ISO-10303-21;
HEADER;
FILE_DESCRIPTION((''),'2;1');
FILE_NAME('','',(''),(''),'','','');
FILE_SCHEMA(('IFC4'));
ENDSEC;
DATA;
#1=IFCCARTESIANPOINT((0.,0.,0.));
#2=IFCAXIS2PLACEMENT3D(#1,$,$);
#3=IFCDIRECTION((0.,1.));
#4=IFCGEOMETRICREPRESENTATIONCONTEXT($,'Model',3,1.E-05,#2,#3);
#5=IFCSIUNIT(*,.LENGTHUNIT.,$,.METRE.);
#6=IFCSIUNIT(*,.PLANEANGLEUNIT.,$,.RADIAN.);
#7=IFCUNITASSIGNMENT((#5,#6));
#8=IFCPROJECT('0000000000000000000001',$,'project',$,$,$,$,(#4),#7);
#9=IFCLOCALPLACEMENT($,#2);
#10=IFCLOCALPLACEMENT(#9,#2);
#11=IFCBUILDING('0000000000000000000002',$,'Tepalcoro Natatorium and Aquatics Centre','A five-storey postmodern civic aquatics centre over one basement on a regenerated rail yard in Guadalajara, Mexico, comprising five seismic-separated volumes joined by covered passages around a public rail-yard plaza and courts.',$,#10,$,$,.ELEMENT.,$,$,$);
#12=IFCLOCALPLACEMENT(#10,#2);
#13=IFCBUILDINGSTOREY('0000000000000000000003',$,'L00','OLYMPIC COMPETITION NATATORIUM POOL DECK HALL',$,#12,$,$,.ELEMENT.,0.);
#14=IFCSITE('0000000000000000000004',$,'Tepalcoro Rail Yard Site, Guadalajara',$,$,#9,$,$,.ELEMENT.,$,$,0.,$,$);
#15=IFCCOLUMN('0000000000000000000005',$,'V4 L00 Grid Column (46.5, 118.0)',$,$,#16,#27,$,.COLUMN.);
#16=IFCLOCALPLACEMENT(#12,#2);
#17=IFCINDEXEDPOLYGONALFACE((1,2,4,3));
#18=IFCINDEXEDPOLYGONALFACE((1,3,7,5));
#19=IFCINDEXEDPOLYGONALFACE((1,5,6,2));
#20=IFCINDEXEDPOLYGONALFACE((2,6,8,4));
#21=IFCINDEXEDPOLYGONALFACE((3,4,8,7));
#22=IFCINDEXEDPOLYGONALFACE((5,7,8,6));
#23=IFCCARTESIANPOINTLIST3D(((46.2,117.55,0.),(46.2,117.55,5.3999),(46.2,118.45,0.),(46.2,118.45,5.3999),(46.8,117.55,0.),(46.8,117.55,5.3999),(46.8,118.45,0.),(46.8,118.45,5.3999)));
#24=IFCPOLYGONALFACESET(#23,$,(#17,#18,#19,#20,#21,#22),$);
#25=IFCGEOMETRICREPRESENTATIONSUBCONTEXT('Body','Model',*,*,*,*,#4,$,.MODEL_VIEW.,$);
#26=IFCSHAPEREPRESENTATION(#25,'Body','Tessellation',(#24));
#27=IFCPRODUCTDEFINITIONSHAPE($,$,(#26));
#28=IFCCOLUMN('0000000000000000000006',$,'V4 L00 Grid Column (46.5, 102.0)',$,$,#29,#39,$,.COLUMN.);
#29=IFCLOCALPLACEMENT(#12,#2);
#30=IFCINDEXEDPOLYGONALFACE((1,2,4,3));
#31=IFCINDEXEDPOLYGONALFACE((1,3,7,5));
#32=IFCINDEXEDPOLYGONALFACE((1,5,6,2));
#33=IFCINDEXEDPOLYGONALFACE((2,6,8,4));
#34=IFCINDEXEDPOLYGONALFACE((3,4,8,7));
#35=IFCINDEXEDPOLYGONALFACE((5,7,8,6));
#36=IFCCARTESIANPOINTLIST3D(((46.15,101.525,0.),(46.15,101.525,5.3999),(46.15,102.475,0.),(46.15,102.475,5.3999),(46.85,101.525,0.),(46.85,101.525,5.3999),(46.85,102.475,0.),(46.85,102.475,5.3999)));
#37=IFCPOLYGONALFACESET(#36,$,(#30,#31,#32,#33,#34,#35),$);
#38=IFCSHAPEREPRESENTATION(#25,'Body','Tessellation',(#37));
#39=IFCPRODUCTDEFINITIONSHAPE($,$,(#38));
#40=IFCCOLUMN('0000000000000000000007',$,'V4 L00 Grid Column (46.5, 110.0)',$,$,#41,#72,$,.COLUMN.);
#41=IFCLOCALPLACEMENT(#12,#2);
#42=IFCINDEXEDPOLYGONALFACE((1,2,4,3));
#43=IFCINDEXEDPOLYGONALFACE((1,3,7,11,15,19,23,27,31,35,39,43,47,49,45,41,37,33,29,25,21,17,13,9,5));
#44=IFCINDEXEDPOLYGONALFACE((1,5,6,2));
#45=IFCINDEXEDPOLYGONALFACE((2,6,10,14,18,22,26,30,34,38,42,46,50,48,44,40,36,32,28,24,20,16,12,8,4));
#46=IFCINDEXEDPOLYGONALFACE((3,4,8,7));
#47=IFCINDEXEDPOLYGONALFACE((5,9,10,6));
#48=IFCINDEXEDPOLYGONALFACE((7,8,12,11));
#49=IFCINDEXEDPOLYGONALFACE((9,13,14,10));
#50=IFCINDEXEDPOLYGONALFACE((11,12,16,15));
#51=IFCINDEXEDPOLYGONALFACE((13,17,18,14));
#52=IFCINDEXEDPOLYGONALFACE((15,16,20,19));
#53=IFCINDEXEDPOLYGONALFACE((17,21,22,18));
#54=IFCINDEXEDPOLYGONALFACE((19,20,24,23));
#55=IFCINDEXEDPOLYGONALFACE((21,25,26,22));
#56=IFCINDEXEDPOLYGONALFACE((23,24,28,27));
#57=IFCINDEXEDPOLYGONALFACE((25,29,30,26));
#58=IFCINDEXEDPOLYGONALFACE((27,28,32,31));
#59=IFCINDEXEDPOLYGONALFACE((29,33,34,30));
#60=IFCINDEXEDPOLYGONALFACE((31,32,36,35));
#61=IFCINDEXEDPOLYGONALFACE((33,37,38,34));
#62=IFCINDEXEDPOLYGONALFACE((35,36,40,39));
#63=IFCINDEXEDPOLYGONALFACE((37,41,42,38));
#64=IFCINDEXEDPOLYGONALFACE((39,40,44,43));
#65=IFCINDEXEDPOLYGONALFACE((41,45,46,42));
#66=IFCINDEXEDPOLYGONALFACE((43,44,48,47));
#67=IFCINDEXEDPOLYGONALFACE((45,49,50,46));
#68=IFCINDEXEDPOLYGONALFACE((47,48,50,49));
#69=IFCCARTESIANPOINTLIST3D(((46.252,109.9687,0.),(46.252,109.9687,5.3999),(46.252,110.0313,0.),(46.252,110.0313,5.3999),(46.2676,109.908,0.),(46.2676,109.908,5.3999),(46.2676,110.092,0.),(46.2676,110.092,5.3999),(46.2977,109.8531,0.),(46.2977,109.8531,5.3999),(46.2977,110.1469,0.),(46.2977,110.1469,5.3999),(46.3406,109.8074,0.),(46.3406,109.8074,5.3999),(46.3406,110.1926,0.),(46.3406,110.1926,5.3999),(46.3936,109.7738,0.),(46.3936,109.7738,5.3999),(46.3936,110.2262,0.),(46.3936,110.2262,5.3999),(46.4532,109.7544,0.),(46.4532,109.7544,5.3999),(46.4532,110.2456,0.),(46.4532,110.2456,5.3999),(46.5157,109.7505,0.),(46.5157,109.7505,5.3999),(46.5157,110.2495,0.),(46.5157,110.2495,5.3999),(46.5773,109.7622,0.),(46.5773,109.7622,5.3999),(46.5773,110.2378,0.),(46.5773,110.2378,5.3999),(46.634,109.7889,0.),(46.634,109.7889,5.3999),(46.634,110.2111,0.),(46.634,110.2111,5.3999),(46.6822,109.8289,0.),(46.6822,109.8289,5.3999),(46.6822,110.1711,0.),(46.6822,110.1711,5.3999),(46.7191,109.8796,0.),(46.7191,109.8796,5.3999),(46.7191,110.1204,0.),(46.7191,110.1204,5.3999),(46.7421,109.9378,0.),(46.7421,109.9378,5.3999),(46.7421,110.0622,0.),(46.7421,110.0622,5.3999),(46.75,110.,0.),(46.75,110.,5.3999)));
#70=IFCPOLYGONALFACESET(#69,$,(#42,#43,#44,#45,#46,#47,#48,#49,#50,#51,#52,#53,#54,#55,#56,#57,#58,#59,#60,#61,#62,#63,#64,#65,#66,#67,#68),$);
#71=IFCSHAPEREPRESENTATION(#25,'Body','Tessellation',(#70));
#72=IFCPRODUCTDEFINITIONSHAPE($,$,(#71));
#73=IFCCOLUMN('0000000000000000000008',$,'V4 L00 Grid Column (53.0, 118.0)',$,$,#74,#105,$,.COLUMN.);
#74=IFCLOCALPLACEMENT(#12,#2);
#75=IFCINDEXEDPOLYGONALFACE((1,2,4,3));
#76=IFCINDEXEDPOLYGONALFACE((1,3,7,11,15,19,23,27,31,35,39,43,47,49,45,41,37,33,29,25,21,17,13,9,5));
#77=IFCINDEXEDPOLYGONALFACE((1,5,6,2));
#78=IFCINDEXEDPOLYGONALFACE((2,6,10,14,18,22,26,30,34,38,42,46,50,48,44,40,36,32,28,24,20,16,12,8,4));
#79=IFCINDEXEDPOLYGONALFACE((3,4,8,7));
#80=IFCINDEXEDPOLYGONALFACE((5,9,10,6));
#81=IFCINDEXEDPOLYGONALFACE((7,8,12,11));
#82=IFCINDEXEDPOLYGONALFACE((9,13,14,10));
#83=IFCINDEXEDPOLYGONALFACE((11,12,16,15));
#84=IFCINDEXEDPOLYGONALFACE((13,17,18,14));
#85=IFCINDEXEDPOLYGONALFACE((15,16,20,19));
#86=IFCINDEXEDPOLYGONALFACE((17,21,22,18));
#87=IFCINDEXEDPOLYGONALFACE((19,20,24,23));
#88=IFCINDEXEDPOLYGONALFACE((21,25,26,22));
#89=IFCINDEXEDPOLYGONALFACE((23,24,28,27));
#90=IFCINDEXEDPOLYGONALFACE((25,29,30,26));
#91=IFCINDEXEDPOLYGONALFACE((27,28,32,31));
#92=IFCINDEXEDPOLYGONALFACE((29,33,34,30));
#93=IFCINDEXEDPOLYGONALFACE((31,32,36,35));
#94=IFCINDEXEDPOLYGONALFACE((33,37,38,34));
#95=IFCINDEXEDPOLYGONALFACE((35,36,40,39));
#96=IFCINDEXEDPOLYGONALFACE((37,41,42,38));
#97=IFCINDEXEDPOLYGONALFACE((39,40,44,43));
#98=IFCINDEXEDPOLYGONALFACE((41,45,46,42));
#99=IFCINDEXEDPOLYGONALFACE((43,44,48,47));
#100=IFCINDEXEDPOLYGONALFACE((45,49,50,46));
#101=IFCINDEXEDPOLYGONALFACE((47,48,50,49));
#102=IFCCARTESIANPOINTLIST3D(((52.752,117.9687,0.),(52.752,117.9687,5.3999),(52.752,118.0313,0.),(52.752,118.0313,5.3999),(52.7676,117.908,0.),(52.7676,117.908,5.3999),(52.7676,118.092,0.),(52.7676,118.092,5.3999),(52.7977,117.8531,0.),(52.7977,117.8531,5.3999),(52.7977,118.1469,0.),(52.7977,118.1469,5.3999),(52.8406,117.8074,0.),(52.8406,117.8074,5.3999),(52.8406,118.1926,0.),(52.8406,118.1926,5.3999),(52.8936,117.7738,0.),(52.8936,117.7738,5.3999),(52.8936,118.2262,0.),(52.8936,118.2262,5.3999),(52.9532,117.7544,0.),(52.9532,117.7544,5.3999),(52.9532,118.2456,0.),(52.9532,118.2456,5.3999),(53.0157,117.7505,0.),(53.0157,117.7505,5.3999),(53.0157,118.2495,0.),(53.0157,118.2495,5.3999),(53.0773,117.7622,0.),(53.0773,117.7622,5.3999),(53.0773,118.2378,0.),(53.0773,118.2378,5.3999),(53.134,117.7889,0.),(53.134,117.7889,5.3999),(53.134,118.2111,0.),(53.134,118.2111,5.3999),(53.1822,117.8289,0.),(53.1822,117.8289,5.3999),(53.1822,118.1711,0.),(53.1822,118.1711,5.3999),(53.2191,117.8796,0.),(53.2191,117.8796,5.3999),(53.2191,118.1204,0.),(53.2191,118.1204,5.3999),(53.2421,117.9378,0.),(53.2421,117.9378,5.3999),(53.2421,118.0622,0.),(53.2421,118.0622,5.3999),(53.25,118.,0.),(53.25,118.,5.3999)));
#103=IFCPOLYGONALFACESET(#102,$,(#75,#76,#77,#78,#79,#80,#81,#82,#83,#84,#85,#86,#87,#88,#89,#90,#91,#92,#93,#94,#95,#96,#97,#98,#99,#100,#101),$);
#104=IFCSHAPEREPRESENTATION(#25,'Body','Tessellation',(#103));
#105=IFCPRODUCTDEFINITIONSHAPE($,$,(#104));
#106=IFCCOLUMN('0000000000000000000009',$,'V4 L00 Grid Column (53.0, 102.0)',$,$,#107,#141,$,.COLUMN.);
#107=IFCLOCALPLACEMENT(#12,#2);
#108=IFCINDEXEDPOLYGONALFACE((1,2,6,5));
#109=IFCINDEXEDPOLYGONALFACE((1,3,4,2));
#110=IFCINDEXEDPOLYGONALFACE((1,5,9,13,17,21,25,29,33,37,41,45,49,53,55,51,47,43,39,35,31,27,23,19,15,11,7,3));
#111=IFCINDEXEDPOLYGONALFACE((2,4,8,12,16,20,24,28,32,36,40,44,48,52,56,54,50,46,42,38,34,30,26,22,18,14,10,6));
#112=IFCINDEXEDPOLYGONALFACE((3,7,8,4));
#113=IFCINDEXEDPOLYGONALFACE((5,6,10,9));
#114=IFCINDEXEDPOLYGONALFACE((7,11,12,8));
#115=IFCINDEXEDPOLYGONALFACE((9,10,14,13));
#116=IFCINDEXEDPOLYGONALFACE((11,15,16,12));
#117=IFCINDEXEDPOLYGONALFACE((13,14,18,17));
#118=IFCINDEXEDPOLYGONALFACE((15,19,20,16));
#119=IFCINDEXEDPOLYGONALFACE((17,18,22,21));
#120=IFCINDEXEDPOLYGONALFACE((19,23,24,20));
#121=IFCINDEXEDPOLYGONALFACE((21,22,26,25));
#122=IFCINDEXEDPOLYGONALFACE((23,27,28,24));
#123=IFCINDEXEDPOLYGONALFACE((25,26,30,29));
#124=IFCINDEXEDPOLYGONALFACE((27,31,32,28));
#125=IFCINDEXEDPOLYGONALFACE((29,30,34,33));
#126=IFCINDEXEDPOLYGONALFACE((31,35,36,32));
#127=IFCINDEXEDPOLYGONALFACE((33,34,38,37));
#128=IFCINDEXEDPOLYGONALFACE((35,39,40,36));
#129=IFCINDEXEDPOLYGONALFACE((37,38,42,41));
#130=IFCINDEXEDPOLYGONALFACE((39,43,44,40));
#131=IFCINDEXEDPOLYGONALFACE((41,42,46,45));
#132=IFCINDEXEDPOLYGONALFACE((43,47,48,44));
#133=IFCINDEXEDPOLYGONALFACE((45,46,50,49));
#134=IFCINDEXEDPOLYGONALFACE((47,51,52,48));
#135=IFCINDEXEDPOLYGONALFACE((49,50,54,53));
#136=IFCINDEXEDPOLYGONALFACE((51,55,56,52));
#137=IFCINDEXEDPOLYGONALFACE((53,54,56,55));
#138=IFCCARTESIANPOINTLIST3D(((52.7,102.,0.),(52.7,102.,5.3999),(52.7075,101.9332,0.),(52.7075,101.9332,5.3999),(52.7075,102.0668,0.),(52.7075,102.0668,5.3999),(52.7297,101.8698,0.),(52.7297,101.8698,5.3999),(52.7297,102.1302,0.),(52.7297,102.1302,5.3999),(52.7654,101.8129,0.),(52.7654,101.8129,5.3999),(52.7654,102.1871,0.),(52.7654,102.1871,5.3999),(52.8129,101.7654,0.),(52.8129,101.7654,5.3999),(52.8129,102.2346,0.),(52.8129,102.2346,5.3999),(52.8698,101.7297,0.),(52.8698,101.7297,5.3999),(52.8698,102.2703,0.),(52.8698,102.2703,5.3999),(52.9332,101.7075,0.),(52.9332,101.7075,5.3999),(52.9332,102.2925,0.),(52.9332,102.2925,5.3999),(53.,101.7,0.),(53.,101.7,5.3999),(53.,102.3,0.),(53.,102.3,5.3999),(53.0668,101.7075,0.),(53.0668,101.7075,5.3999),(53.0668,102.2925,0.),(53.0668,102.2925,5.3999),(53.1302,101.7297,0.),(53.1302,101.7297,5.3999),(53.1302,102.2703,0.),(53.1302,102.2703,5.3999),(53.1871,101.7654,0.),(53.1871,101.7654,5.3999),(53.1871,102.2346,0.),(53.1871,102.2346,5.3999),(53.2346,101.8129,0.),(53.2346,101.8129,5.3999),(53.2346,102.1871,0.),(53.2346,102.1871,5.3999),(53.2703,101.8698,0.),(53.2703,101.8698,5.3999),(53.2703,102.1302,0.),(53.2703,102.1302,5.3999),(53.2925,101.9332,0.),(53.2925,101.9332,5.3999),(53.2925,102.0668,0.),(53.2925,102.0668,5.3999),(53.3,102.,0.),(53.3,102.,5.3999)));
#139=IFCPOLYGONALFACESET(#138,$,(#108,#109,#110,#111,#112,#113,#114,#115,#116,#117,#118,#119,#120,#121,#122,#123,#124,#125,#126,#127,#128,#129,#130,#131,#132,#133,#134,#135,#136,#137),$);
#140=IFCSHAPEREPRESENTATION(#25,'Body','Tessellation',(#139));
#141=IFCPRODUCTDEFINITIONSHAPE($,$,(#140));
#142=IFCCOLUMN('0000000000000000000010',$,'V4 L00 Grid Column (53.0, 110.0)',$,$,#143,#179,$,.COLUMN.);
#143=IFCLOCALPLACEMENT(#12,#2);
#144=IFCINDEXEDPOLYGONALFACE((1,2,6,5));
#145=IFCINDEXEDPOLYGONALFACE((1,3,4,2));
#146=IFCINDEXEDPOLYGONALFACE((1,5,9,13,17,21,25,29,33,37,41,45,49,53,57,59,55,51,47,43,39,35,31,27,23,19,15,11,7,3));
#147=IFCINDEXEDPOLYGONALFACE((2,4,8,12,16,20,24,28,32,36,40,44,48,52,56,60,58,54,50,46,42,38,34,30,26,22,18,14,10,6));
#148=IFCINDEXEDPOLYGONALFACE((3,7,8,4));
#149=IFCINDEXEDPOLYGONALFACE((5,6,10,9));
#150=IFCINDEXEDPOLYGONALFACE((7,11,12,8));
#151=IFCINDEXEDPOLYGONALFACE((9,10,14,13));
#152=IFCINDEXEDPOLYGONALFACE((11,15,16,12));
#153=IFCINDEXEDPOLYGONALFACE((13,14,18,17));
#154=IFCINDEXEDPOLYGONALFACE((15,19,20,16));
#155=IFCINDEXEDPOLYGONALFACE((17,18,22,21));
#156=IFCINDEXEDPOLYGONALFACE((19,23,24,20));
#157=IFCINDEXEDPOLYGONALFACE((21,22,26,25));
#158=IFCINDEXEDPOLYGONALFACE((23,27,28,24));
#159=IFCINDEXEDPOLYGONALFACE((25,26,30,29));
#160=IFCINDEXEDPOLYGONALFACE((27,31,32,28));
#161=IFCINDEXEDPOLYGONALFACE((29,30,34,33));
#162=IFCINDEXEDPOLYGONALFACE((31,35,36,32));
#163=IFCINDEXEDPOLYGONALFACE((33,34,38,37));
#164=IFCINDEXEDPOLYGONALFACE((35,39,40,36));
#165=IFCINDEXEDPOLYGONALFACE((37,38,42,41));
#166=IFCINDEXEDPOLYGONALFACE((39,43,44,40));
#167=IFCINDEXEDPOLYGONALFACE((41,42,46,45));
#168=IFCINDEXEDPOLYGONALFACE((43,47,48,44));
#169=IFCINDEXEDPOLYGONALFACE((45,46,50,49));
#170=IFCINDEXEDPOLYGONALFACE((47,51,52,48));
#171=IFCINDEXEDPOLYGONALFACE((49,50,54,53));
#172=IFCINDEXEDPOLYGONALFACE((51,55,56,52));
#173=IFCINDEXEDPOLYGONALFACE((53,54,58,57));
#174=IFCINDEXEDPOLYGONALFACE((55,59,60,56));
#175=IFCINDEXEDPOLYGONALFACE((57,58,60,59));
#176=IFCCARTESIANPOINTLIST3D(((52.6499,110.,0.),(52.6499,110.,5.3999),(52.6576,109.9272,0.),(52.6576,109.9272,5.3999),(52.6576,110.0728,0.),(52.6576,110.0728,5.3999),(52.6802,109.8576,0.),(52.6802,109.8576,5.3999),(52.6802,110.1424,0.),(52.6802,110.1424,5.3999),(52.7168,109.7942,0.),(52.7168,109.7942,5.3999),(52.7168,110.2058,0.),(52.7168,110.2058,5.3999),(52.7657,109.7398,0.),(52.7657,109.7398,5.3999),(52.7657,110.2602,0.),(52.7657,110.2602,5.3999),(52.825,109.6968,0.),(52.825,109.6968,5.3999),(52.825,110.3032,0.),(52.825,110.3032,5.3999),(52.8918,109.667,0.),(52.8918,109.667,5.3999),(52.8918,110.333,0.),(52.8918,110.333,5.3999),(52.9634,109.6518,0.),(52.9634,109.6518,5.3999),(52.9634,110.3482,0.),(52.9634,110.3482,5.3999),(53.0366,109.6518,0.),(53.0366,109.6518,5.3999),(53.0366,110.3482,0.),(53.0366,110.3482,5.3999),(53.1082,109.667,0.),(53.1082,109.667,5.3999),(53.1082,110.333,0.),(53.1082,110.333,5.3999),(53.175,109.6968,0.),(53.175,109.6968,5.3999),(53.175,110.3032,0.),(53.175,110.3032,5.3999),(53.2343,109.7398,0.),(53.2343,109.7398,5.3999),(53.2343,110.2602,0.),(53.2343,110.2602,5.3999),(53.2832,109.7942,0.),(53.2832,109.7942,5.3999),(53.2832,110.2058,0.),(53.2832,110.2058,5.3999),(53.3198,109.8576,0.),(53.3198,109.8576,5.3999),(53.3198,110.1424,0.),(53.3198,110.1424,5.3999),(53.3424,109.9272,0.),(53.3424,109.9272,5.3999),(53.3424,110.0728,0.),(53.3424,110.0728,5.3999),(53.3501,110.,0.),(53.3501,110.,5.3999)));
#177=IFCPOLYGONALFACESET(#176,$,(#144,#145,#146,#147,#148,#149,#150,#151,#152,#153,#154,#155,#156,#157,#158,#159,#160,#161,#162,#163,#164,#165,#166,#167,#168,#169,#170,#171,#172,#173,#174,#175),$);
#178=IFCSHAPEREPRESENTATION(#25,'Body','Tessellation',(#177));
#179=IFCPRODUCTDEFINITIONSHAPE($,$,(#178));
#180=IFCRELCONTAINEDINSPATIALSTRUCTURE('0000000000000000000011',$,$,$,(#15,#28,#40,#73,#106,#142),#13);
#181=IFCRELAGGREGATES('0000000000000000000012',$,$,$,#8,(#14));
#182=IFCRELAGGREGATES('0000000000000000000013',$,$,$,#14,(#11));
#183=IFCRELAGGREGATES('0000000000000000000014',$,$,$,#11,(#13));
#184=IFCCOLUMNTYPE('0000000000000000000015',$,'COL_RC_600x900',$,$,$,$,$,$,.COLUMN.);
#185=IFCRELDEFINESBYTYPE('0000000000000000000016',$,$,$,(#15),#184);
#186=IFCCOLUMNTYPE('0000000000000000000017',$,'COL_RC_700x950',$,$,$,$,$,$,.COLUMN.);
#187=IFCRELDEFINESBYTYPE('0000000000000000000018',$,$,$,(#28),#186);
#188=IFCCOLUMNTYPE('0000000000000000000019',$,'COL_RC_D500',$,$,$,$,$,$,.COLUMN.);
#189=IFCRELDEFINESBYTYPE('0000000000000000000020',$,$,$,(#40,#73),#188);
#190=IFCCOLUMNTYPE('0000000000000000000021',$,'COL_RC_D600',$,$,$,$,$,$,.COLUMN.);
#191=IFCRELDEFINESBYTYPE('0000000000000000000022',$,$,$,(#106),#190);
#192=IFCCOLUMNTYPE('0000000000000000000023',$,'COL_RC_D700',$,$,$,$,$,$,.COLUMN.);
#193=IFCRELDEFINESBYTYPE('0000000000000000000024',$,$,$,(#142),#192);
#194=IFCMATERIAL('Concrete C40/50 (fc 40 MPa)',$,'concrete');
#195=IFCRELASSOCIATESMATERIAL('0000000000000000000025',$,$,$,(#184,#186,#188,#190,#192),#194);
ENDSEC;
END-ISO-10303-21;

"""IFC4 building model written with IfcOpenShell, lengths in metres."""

from ifc_helpers import new_model, si_unit, direction, frame, origin, origin_2d, place, context, subcontext, project, spatial, rectangle, circle, extrude, material, material_profile, profile_set, type_object, element, save


model = new_model("IFC4")

# Units and contexts
model_context = context("Model", 3, precision=1e-05, world=origin(), true_north=direction((0.0, 1.0)))
body_context = subcontext(model_context, "Body", "Model", "MODEL_VIEW")
ifc_project = project(units=[si_unit("LENGTHUNIT", "METRE"), si_unit("PLANEANGLEUNIT", "RADIAN")], contexts=[model_context])

# Site, building, storey
site_placement = place(None, origin())
site = spatial("IfcSite", under=ifc_project, at=site_placement, Name="Tepalcoro Rail Yard Site, Guadalajara", CompositionType="ELEMENT", RefElevation=0.0)
building_placement = place(site_placement, origin())
building = spatial("IfcBuilding", under=site, at=building_placement, Name="Tepalcoro Natatorium and Aquatics Centre", Description="A five-storey postmodern civic aquatics centre over one basement on a regenerated rail yard in Guadalajara, Mexico, comprising five seismic-separated volumes joined by covered passages around a public rail-yard plaza and courts.", CompositionType="ELEMENT")
storey_placement = place(building_placement, origin())
storey = spatial("IfcBuildingStorey", under=building, at=storey_placement, Name="L00", Description="OLYMPIC COMPETITION NATATORIUM POOL DECK HALL", CompositionType="ELEMENT", Elevation=0.0)

# Columns
ifc_material_1 = material(Name="Concrete C40/50 (fc 40 MPa)", Category="concrete")
ifc_material_profile_1 = material_profile(ifc_material_1, rectangle(XDim=0.6001, YDim=0.8999, at=origin_2d()), Name="RC600x900")
ifc_profile_set_1 = profile_set([ifc_material_profile_1], Name="Concrete C40/50 (fc 40 MPa)")
column_type_1 = type_object("IfcColumnType", Name="COL_RC_600x900", PredefinedType="COLUMN", material=ifc_profile_set_1)
column_1_placement = place(storey_placement, frame((46.5, 118.0, 0.0), z_axis=(0.0, 0.0, 1.0), x_axis=(1.0, 0.0, 0.0)))
element("IfcColumn", 1, at=column_1_placement, inside=storey, type_object=column_type_1, Name="V4 L00 Grid Column (46.5, 118.0)", PredefinedType="COLUMN", context=body_context, shape_type="SweptSolid", body=[
    extrude(rectangle(XDim=0.6001, YDim=0.8999, at=origin_2d()), origin(), (0.0, 0.0, 1.0), 5.3999),
])
ifc_material_profile_2 = material_profile(ifc_material_1, rectangle(XDim=0.7, YDim=0.95, at=origin_2d()), Name="RC700x950")
ifc_profile_set_2 = profile_set([ifc_material_profile_2], Name="Concrete C40/50 (fc 40 MPa)")
column_type_2 = type_object("IfcColumnType", Name="COL_RC_700x950", PredefinedType="COLUMN", material=ifc_profile_set_2)
column_2_placement = place(storey_placement, frame((46.5, 102.0, 0.0), z_axis=(0.0, 0.0, 1.0), x_axis=(1.0, 0.0, 0.0)))
element("IfcColumn", 2, at=column_2_placement, inside=storey, type_object=column_type_2, Name="V4 L00 Grid Column (46.5, 102.0)", PredefinedType="COLUMN", context=body_context, shape_type="SweptSolid", body=[
    extrude(rectangle(XDim=0.7, YDim=0.95, at=origin_2d()), origin(), (0.0, 0.0, 1.0), 5.3999),
])
ifc_material_profile_3 = material_profile(ifc_material_1, circle(Radius=0.25, at=origin_2d()), Name="RCD500")
ifc_profile_set_3 = profile_set([ifc_material_profile_3], Name="Concrete C40/50 (fc 40 MPa)")
column_type_3 = type_object("IfcColumnType", Name="COL_RC_D500", PredefinedType="COLUMN", material=ifc_profile_set_3)
for number, where, z_axis, x_axis, name in (
    (3, (46.5, 110.0, 0.0), (0.0, 0.0, 1.0), (1.0, 0.0, 0.0), "V4 L00 Grid Column (46.5, 110.0)"),
    (4, (53.0, 118.0, 0.0), (0.0, 0.0, 1.0), (1.0, 0.0, 0.0), "V4 L00 Grid Column (53.0, 118.0)"),
):
    element("IfcColumn", number, at=place(storey_placement, frame(where, z_axis=z_axis, x_axis=x_axis)), inside=storey, type_object=column_type_3, Name=name, PredefinedType="COLUMN", context=body_context, shape_type="SweptSolid", body=[
        extrude(circle(Radius=0.25, at=origin_2d()), origin(), (0.0, 0.0, 1.0), 5.3999),
    ])
ifc_material_profile_4 = material_profile(ifc_material_1, circle(Radius=0.3, at=origin_2d()), Name="RCD600")
ifc_profile_set_4 = profile_set([ifc_material_profile_4], Name="Concrete C40/50 (fc 40 MPa)")
column_type_4 = type_object("IfcColumnType", Name="COL_RC_D600", PredefinedType="COLUMN", material=ifc_profile_set_4)
column_3_placement = place(storey_placement, frame((53.0, 102.0, 0.0), z_axis=(0.0, 0.0, 1.0), x_axis=(1.0, 0.0, 0.0)))
element("IfcColumn", 5, at=column_3_placement, inside=storey, type_object=column_type_4, Name="V4 L00 Grid Column (53.0, 102.0)", PredefinedType="COLUMN", context=body_context, shape_type="SweptSolid", body=[
    extrude(circle(Radius=0.3, at=origin_2d()), origin(), (0.0, 0.0, 1.0), 5.3999),
])
ifc_material_profile_5 = material_profile(ifc_material_1, circle(Radius=0.3501, at=origin_2d()), Name="RCD700")
ifc_profile_set_5 = profile_set([ifc_material_profile_5], Name="Concrete C40/50 (fc 40 MPa)")
column_type_5 = type_object("IfcColumnType", Name="COL_RC_D700", PredefinedType="COLUMN", material=ifc_profile_set_5)
column_4_placement = place(storey_placement, frame((53.0, 110.0, 0.0), z_axis=(0.0, 0.0, 1.0), x_axis=(1.0, 0.0, 0.0)))
element("IfcColumn", 6, at=column_4_placement, inside=storey, type_object=column_type_5, Name="V4 L00 Grid Column (53.0, 110.0)", PredefinedType="COLUMN", context=body_context, shape_type="SweptSolid", body=[
    extrude(circle(Radius=0.3501, at=origin_2d()), origin(), (0.0, 0.0, 1.0), 5.3999),
])

save(model, "model.ifc")
